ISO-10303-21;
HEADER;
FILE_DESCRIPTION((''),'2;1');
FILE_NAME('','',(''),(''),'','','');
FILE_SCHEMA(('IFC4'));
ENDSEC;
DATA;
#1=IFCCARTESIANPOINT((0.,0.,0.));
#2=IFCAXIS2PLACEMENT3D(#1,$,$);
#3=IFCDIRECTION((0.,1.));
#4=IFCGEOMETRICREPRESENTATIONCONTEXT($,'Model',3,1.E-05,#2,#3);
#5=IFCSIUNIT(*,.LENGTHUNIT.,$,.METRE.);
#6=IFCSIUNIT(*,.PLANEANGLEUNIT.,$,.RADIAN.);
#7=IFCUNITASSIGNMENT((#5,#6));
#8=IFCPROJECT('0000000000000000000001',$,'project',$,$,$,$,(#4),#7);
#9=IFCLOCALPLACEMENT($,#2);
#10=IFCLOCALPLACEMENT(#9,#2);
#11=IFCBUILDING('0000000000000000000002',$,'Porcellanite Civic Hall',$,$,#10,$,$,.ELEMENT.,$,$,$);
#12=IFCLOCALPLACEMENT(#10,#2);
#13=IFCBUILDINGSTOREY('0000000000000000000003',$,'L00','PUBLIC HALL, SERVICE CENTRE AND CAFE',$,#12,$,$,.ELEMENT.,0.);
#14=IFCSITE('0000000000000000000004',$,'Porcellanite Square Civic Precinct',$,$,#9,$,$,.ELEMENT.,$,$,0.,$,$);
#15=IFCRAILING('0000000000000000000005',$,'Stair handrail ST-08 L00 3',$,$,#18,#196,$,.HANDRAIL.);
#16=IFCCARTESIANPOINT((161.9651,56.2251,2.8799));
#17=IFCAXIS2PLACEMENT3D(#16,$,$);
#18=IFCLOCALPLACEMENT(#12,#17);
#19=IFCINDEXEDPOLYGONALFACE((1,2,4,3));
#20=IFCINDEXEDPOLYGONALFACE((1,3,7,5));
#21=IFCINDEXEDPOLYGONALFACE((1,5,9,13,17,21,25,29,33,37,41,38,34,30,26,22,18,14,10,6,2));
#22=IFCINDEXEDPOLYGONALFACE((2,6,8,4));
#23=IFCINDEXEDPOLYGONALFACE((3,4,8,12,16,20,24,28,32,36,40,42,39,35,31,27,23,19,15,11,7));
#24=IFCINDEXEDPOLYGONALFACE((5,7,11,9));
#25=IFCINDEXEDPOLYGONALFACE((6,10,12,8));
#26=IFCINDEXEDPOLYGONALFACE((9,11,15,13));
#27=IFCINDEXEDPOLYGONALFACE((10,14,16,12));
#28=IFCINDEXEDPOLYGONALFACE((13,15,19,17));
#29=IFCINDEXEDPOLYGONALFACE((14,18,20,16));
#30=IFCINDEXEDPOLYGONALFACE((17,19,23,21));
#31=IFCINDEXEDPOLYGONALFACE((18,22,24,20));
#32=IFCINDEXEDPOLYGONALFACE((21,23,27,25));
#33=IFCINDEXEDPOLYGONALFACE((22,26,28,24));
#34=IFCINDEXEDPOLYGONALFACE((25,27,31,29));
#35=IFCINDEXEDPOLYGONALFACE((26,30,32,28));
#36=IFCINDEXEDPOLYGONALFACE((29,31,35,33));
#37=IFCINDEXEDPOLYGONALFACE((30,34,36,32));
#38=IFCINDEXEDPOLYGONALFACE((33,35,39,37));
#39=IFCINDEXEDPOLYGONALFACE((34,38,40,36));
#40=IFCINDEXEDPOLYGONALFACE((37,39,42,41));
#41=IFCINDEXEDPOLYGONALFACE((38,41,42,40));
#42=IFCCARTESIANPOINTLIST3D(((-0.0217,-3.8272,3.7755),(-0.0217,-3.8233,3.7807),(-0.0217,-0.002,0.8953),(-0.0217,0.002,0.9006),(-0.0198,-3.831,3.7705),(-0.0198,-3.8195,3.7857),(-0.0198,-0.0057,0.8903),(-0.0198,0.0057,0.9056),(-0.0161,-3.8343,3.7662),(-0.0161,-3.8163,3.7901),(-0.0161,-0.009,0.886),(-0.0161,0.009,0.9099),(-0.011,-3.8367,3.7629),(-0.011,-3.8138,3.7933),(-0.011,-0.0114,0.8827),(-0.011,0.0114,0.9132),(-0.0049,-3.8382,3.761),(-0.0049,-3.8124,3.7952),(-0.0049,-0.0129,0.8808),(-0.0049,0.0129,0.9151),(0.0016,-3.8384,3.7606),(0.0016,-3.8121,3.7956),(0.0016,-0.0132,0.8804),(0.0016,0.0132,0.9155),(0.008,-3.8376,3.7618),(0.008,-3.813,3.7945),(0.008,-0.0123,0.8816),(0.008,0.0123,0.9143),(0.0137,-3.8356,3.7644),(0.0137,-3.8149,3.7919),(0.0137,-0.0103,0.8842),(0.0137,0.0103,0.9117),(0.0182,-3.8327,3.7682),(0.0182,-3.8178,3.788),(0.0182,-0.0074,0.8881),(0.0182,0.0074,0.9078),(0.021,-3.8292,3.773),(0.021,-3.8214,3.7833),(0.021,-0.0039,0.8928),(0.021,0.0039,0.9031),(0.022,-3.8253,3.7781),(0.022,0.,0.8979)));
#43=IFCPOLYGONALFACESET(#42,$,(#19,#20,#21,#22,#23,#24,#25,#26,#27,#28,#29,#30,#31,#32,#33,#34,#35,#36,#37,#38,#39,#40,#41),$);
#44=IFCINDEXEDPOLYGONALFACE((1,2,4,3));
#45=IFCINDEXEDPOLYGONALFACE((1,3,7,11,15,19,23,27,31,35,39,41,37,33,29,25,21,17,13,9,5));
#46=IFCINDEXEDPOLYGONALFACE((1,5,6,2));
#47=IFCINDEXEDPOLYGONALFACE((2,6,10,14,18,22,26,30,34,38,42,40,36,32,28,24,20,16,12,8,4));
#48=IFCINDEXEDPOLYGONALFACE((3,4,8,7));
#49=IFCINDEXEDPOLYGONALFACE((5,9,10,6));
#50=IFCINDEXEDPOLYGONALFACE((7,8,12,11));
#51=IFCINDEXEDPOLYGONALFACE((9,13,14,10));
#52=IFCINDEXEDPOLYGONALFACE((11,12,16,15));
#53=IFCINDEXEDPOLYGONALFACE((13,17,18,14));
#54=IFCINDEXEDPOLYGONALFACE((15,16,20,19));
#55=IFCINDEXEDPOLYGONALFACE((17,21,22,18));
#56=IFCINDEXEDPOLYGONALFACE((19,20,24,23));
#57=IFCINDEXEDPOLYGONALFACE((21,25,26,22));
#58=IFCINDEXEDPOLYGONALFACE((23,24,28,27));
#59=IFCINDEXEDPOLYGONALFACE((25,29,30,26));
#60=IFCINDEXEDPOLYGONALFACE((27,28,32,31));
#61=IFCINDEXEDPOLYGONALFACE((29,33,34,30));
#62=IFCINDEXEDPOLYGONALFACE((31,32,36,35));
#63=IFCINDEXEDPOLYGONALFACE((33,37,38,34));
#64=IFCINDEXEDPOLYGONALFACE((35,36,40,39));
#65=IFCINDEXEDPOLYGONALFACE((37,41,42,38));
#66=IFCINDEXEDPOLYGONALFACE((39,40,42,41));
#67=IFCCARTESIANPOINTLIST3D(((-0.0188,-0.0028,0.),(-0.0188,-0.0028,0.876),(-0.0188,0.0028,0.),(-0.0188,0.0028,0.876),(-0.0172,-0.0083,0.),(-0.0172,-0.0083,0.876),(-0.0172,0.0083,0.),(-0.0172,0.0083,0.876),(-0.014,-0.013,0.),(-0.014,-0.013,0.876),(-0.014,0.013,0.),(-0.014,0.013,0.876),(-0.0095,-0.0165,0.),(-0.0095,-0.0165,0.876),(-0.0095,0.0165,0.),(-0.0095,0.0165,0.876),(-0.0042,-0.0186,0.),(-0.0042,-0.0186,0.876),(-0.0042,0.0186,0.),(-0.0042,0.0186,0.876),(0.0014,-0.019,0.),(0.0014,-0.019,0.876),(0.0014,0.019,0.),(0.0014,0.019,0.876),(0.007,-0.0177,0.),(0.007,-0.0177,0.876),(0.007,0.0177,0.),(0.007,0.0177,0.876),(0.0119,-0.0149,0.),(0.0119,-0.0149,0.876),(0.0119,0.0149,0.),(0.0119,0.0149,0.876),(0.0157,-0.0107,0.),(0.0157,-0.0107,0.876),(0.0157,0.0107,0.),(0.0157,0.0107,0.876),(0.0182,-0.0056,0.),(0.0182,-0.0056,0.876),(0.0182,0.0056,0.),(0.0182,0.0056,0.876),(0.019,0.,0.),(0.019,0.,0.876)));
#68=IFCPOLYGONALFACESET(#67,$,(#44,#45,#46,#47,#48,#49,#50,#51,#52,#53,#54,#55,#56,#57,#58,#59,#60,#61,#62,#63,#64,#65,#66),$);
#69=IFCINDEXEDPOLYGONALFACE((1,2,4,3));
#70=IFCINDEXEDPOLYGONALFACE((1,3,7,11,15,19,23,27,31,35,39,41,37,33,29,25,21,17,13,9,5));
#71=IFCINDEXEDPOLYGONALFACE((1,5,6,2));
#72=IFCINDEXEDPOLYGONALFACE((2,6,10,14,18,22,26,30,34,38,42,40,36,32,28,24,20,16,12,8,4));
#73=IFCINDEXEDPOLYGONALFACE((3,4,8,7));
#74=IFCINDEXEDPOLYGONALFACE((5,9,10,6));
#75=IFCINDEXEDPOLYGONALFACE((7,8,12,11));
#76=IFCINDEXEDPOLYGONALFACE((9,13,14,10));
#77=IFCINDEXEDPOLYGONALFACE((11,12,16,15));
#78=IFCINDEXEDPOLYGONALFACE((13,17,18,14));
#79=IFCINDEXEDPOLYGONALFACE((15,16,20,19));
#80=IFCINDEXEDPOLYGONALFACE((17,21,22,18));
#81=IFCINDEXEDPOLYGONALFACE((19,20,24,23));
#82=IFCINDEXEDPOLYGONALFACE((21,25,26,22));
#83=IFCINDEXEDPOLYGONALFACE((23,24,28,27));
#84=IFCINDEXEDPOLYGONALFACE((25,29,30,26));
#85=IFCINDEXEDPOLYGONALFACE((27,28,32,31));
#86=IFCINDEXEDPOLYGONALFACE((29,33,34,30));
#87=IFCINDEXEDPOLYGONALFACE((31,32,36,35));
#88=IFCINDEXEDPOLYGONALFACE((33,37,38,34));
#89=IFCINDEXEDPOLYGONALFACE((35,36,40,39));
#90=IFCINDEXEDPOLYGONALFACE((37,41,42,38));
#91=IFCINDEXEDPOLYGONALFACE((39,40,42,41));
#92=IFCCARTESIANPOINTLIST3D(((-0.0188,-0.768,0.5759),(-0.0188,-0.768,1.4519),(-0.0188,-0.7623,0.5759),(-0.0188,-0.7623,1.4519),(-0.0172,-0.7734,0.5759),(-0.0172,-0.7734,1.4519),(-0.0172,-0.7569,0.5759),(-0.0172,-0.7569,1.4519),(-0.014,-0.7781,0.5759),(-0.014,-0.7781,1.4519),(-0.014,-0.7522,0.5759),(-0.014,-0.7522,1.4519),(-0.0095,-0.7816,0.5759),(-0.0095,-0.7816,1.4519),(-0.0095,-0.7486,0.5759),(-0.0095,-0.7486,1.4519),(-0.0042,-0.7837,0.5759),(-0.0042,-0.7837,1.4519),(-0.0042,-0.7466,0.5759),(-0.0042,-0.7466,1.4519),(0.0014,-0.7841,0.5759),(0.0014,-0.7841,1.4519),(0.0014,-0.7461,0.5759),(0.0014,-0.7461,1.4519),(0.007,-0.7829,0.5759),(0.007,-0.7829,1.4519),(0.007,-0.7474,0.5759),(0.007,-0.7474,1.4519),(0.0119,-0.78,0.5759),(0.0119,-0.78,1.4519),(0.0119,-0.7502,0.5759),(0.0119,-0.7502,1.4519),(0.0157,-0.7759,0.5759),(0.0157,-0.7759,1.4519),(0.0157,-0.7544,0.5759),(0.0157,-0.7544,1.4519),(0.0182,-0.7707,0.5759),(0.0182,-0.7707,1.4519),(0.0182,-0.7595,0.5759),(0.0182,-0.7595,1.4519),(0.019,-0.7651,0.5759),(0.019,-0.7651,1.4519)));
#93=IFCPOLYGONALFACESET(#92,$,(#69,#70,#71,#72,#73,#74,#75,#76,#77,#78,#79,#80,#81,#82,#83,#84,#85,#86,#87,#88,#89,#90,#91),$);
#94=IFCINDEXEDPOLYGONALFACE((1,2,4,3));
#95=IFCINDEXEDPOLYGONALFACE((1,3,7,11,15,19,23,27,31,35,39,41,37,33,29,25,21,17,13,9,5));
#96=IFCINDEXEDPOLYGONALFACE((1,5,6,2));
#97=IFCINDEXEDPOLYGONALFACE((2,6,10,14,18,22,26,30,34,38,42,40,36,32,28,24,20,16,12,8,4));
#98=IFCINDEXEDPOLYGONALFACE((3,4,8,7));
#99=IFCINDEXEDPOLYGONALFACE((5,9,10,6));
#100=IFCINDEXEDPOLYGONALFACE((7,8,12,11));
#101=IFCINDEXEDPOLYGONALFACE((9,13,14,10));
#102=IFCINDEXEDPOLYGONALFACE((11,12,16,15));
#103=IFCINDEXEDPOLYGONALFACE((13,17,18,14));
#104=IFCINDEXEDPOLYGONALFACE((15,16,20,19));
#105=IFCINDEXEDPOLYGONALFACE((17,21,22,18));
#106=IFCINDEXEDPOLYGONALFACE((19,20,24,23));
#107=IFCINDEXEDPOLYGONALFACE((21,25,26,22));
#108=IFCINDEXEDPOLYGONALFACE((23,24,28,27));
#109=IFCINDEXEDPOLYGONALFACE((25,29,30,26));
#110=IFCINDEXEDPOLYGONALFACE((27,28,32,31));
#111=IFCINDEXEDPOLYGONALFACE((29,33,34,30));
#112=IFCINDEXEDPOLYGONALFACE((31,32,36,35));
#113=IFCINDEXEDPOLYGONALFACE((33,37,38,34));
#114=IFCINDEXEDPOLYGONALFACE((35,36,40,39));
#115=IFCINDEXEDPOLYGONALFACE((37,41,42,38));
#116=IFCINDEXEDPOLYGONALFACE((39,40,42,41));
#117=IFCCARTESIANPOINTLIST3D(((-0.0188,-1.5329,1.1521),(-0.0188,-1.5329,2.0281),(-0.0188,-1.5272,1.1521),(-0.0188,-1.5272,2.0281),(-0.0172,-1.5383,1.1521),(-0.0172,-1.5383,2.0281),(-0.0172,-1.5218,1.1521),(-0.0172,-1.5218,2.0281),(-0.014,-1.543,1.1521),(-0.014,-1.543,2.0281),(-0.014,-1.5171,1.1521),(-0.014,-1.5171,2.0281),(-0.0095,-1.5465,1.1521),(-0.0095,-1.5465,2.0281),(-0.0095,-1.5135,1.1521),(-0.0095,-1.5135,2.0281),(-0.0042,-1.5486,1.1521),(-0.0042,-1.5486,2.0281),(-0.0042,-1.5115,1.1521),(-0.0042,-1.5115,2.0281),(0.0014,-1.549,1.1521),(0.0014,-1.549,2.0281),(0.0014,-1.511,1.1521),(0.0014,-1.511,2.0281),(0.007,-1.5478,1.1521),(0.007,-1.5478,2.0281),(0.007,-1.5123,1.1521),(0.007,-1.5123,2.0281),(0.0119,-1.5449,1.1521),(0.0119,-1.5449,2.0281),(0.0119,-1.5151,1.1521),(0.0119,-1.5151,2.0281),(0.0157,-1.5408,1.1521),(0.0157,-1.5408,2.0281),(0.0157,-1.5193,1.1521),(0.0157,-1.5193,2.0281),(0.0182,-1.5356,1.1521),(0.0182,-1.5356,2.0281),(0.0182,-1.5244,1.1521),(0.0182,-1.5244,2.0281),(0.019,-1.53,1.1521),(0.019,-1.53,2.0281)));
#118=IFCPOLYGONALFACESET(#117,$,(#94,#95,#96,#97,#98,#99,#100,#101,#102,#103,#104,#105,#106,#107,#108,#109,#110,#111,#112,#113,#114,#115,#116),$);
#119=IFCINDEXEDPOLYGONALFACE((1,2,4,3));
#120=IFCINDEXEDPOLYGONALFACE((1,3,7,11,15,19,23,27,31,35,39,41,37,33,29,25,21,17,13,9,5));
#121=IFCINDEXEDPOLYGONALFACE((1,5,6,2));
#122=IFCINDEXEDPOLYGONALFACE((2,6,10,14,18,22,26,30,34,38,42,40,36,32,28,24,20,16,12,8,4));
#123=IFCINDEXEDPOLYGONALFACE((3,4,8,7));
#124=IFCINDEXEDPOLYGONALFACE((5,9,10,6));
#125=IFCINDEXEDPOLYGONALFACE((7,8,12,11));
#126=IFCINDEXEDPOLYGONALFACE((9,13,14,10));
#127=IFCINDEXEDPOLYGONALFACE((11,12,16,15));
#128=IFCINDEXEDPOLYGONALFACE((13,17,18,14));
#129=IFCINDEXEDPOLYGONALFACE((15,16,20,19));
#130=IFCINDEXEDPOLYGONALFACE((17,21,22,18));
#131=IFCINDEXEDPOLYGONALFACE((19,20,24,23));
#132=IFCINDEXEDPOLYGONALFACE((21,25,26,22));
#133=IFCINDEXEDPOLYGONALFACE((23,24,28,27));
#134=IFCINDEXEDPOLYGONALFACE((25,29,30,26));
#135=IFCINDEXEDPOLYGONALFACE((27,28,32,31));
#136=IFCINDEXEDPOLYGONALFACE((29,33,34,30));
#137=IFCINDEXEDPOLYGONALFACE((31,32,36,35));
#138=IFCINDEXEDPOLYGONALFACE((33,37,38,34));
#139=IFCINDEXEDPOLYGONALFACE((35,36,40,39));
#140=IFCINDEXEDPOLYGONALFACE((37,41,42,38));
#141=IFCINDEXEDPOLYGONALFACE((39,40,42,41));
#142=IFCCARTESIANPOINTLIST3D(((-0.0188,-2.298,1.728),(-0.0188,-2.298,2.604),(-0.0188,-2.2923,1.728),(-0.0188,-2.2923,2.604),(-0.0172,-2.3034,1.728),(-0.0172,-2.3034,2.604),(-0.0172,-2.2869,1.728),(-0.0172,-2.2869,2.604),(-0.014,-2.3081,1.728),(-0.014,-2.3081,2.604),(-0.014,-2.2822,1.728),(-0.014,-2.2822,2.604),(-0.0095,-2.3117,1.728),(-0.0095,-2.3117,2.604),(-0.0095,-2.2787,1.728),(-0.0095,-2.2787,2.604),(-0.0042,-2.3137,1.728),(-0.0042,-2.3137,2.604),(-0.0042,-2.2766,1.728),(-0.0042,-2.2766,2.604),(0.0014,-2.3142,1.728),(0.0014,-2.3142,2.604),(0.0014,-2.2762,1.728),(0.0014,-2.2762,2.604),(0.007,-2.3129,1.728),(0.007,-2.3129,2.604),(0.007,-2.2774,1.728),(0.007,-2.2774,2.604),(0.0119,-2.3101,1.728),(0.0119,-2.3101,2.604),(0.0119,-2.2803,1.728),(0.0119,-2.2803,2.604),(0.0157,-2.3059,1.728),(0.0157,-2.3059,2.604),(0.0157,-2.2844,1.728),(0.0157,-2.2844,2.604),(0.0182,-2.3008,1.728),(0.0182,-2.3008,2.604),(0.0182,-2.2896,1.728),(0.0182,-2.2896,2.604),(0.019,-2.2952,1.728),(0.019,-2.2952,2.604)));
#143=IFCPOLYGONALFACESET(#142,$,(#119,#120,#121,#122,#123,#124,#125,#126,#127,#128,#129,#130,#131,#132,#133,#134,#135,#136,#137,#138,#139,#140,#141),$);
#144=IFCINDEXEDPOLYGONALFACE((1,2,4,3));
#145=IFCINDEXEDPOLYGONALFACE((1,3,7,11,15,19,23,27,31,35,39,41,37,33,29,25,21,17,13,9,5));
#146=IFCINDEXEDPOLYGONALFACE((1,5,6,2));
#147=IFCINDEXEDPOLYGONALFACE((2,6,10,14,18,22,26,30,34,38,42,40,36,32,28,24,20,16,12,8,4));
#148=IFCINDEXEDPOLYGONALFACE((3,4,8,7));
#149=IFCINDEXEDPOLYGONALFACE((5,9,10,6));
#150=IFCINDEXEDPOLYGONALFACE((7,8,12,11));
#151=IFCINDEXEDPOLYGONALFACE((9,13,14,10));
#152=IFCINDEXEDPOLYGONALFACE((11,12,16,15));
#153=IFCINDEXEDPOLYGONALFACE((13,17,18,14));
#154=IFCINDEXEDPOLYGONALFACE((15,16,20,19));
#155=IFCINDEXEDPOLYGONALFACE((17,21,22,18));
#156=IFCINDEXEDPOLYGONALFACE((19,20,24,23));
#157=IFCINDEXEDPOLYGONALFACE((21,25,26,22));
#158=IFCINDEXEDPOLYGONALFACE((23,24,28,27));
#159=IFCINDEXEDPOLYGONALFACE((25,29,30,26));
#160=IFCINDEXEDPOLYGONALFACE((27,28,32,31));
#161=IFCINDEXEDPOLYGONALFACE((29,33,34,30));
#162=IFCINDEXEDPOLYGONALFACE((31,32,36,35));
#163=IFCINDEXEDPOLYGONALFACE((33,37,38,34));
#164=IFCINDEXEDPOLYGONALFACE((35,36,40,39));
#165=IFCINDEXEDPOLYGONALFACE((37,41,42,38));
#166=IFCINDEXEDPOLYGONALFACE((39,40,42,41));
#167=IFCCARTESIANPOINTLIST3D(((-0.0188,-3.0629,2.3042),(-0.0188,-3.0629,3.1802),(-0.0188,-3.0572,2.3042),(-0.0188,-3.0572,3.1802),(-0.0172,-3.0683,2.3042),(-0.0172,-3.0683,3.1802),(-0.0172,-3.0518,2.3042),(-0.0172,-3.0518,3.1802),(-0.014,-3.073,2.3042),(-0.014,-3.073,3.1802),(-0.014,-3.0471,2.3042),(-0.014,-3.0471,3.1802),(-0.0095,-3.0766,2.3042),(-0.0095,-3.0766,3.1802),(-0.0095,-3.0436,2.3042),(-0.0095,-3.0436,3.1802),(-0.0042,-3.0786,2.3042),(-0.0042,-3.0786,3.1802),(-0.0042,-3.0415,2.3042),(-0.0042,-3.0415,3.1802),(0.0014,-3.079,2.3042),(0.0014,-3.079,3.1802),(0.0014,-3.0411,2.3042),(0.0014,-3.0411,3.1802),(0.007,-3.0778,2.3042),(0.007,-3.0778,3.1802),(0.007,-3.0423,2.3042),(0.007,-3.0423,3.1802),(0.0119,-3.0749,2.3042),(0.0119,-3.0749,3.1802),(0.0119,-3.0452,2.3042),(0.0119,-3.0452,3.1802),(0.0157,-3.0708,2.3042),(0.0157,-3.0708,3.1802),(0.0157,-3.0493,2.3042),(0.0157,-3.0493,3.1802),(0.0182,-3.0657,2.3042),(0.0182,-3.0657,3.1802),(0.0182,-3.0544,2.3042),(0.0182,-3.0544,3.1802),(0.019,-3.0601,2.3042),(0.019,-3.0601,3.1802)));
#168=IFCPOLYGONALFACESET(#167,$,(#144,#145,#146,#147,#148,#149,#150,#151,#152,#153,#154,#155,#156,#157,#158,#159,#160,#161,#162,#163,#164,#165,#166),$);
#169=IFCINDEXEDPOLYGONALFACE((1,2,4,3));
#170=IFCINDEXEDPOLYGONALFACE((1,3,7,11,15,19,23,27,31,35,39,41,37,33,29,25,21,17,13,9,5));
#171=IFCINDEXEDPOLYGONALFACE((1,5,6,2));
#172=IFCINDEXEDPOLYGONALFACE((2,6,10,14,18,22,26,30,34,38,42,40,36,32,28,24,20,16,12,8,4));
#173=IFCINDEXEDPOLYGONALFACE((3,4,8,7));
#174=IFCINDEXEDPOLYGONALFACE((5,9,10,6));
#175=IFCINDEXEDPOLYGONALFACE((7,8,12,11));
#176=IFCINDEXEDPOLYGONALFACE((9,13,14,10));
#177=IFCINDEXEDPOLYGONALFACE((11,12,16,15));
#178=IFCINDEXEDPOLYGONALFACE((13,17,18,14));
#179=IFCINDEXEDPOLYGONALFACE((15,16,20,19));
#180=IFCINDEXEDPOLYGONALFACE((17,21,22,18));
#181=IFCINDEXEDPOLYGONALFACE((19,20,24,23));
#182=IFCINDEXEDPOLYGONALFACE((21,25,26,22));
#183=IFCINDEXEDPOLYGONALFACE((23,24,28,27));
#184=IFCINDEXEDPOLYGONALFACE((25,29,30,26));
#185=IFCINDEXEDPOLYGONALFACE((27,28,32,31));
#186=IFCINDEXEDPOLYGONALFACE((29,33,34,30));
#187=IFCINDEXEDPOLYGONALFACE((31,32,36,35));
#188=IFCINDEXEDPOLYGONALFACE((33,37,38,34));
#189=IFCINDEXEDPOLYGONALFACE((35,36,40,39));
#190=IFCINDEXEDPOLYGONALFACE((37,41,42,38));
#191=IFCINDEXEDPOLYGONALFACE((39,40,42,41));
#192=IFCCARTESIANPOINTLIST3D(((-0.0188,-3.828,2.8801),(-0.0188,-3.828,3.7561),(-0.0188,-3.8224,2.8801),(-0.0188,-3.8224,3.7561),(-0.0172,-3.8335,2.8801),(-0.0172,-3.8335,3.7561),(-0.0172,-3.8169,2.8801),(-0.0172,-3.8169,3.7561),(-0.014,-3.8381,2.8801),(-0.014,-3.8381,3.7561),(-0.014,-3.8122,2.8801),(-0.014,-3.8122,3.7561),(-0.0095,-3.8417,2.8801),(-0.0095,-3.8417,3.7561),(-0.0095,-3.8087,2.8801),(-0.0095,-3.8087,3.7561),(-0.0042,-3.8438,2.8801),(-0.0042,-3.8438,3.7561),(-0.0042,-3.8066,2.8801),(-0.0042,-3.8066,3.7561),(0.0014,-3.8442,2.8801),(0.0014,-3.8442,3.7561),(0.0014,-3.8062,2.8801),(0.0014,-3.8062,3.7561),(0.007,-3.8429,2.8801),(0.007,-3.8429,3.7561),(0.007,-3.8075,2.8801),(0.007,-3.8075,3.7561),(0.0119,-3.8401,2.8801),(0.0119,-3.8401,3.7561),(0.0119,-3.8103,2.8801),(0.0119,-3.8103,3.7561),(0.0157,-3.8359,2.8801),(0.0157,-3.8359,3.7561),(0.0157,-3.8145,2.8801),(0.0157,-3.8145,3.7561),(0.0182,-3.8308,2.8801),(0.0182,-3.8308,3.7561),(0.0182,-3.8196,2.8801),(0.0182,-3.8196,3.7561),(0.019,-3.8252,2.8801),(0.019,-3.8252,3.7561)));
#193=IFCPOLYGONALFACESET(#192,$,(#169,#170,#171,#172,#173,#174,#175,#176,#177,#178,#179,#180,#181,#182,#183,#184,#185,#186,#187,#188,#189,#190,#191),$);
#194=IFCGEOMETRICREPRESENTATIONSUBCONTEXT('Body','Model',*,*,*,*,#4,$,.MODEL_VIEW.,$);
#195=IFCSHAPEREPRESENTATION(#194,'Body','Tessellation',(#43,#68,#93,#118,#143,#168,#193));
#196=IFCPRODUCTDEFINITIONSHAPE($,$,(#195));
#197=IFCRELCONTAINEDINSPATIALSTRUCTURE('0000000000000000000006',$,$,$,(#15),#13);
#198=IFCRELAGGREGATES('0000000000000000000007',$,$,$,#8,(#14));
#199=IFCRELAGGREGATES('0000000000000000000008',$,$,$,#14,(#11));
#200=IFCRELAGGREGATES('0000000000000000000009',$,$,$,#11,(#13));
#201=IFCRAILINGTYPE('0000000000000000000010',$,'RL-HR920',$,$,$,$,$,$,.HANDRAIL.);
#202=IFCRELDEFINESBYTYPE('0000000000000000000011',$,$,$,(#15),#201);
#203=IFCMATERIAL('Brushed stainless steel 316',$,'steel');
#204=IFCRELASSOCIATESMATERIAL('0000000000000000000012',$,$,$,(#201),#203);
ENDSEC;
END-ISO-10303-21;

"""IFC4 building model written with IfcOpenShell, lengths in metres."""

from ifc_helpers import new_model, si_unit, direction, frame, origin, origin_2d, place, context, subcontext, project, spatial, circle, extrude, material, type_object, element, save


model = new_model("IFC4")

# Units and contexts
model_context = context("Model", 3, precision=1e-05, world=origin(), true_north=direction((0.0, 1.0)))
body_context = subcontext(model_context, "Body", "Model", "MODEL_VIEW")
ifc_project = project(units=[si_unit("LENGTHUNIT", "METRE"), si_unit("PLANEANGLEUNIT", "RADIAN")], contexts=[model_context])

# Site, building, storey
site_placement = place(None, origin())
site = spatial("IfcSite", under=ifc_project, at=site_placement, Name="Porcellanite Square Civic Precinct", CompositionType="ELEMENT", RefElevation=0.0)
building_placement = place(site_placement, origin())
building = spatial("IfcBuilding", under=site, at=building_placement, Name="Porcellanite Civic Hall", CompositionType="ELEMENT")
storey_placement = place(building_placement, origin())
storey = spatial("IfcBuildingStorey", under=building, at=storey_placement, Name="L00", Description="PUBLIC HALL, SERVICE CENTRE AND CAFE", CompositionType="ELEMENT", Elevation=0.0)

# Railing
ifc_material_1 = material(Name="Brushed stainless steel 316", Category="steel")
railing_type_1 = type_object("IfcRailingType", Name="RL-HR920", PredefinedType="HANDRAIL", material=ifc_material_1)
railing_1_placement = place(storey_placement, frame((161.9651, 56.2251, 2.8799)))
element("IfcRailing", 1, at=railing_1_placement, inside=storey, type_object=railing_type_1, Name="Stair handrail ST-08 L00 3", PredefinedType="HANDRAIL", context=body_context, shape_type="SweptSolid", body=[
    extrude(circle(Radius=0.022, at=origin_2d()), frame((0.0, 0.0, 0.8979), z_axis=(0.0, -0.798873, 0.6015), x_axis=(1.0, 0.0, 0.0)), (0.0, 0.0, 1.0), 4.7883),
    extrude(circle(Radius=0.019, at=origin_2d()), origin(), (0.0, 0.0, 1.0), 0.876),
    extrude(circle(Radius=0.019, at=origin_2d()), frame((0.0, -0.7651, 0.5759)), (0.0, 0.0, 1.0), 0.876),
    extrude(circle(Radius=0.019, at=origin_2d()), frame((0.0, -1.53, 1.1521)), (0.0, 0.0, 1.0), 0.876),
    extrude(circle(Radius=0.019, at=origin_2d()), frame((0.0, -2.2952, 1.728)), (0.0, 0.0, 1.0), 0.876),
    extrude(circle(Radius=0.019, at=origin_2d()), frame((0.0, -3.0601, 2.3042)), (0.0, 0.0, 1.0), 0.876),
    extrude(circle(Radius=0.019, at=origin_2d()), frame((0.0, -3.8252, 2.8801)), (0.0, 0.0, 1.0), 0.876),
])

save(model, "model.ifc")
